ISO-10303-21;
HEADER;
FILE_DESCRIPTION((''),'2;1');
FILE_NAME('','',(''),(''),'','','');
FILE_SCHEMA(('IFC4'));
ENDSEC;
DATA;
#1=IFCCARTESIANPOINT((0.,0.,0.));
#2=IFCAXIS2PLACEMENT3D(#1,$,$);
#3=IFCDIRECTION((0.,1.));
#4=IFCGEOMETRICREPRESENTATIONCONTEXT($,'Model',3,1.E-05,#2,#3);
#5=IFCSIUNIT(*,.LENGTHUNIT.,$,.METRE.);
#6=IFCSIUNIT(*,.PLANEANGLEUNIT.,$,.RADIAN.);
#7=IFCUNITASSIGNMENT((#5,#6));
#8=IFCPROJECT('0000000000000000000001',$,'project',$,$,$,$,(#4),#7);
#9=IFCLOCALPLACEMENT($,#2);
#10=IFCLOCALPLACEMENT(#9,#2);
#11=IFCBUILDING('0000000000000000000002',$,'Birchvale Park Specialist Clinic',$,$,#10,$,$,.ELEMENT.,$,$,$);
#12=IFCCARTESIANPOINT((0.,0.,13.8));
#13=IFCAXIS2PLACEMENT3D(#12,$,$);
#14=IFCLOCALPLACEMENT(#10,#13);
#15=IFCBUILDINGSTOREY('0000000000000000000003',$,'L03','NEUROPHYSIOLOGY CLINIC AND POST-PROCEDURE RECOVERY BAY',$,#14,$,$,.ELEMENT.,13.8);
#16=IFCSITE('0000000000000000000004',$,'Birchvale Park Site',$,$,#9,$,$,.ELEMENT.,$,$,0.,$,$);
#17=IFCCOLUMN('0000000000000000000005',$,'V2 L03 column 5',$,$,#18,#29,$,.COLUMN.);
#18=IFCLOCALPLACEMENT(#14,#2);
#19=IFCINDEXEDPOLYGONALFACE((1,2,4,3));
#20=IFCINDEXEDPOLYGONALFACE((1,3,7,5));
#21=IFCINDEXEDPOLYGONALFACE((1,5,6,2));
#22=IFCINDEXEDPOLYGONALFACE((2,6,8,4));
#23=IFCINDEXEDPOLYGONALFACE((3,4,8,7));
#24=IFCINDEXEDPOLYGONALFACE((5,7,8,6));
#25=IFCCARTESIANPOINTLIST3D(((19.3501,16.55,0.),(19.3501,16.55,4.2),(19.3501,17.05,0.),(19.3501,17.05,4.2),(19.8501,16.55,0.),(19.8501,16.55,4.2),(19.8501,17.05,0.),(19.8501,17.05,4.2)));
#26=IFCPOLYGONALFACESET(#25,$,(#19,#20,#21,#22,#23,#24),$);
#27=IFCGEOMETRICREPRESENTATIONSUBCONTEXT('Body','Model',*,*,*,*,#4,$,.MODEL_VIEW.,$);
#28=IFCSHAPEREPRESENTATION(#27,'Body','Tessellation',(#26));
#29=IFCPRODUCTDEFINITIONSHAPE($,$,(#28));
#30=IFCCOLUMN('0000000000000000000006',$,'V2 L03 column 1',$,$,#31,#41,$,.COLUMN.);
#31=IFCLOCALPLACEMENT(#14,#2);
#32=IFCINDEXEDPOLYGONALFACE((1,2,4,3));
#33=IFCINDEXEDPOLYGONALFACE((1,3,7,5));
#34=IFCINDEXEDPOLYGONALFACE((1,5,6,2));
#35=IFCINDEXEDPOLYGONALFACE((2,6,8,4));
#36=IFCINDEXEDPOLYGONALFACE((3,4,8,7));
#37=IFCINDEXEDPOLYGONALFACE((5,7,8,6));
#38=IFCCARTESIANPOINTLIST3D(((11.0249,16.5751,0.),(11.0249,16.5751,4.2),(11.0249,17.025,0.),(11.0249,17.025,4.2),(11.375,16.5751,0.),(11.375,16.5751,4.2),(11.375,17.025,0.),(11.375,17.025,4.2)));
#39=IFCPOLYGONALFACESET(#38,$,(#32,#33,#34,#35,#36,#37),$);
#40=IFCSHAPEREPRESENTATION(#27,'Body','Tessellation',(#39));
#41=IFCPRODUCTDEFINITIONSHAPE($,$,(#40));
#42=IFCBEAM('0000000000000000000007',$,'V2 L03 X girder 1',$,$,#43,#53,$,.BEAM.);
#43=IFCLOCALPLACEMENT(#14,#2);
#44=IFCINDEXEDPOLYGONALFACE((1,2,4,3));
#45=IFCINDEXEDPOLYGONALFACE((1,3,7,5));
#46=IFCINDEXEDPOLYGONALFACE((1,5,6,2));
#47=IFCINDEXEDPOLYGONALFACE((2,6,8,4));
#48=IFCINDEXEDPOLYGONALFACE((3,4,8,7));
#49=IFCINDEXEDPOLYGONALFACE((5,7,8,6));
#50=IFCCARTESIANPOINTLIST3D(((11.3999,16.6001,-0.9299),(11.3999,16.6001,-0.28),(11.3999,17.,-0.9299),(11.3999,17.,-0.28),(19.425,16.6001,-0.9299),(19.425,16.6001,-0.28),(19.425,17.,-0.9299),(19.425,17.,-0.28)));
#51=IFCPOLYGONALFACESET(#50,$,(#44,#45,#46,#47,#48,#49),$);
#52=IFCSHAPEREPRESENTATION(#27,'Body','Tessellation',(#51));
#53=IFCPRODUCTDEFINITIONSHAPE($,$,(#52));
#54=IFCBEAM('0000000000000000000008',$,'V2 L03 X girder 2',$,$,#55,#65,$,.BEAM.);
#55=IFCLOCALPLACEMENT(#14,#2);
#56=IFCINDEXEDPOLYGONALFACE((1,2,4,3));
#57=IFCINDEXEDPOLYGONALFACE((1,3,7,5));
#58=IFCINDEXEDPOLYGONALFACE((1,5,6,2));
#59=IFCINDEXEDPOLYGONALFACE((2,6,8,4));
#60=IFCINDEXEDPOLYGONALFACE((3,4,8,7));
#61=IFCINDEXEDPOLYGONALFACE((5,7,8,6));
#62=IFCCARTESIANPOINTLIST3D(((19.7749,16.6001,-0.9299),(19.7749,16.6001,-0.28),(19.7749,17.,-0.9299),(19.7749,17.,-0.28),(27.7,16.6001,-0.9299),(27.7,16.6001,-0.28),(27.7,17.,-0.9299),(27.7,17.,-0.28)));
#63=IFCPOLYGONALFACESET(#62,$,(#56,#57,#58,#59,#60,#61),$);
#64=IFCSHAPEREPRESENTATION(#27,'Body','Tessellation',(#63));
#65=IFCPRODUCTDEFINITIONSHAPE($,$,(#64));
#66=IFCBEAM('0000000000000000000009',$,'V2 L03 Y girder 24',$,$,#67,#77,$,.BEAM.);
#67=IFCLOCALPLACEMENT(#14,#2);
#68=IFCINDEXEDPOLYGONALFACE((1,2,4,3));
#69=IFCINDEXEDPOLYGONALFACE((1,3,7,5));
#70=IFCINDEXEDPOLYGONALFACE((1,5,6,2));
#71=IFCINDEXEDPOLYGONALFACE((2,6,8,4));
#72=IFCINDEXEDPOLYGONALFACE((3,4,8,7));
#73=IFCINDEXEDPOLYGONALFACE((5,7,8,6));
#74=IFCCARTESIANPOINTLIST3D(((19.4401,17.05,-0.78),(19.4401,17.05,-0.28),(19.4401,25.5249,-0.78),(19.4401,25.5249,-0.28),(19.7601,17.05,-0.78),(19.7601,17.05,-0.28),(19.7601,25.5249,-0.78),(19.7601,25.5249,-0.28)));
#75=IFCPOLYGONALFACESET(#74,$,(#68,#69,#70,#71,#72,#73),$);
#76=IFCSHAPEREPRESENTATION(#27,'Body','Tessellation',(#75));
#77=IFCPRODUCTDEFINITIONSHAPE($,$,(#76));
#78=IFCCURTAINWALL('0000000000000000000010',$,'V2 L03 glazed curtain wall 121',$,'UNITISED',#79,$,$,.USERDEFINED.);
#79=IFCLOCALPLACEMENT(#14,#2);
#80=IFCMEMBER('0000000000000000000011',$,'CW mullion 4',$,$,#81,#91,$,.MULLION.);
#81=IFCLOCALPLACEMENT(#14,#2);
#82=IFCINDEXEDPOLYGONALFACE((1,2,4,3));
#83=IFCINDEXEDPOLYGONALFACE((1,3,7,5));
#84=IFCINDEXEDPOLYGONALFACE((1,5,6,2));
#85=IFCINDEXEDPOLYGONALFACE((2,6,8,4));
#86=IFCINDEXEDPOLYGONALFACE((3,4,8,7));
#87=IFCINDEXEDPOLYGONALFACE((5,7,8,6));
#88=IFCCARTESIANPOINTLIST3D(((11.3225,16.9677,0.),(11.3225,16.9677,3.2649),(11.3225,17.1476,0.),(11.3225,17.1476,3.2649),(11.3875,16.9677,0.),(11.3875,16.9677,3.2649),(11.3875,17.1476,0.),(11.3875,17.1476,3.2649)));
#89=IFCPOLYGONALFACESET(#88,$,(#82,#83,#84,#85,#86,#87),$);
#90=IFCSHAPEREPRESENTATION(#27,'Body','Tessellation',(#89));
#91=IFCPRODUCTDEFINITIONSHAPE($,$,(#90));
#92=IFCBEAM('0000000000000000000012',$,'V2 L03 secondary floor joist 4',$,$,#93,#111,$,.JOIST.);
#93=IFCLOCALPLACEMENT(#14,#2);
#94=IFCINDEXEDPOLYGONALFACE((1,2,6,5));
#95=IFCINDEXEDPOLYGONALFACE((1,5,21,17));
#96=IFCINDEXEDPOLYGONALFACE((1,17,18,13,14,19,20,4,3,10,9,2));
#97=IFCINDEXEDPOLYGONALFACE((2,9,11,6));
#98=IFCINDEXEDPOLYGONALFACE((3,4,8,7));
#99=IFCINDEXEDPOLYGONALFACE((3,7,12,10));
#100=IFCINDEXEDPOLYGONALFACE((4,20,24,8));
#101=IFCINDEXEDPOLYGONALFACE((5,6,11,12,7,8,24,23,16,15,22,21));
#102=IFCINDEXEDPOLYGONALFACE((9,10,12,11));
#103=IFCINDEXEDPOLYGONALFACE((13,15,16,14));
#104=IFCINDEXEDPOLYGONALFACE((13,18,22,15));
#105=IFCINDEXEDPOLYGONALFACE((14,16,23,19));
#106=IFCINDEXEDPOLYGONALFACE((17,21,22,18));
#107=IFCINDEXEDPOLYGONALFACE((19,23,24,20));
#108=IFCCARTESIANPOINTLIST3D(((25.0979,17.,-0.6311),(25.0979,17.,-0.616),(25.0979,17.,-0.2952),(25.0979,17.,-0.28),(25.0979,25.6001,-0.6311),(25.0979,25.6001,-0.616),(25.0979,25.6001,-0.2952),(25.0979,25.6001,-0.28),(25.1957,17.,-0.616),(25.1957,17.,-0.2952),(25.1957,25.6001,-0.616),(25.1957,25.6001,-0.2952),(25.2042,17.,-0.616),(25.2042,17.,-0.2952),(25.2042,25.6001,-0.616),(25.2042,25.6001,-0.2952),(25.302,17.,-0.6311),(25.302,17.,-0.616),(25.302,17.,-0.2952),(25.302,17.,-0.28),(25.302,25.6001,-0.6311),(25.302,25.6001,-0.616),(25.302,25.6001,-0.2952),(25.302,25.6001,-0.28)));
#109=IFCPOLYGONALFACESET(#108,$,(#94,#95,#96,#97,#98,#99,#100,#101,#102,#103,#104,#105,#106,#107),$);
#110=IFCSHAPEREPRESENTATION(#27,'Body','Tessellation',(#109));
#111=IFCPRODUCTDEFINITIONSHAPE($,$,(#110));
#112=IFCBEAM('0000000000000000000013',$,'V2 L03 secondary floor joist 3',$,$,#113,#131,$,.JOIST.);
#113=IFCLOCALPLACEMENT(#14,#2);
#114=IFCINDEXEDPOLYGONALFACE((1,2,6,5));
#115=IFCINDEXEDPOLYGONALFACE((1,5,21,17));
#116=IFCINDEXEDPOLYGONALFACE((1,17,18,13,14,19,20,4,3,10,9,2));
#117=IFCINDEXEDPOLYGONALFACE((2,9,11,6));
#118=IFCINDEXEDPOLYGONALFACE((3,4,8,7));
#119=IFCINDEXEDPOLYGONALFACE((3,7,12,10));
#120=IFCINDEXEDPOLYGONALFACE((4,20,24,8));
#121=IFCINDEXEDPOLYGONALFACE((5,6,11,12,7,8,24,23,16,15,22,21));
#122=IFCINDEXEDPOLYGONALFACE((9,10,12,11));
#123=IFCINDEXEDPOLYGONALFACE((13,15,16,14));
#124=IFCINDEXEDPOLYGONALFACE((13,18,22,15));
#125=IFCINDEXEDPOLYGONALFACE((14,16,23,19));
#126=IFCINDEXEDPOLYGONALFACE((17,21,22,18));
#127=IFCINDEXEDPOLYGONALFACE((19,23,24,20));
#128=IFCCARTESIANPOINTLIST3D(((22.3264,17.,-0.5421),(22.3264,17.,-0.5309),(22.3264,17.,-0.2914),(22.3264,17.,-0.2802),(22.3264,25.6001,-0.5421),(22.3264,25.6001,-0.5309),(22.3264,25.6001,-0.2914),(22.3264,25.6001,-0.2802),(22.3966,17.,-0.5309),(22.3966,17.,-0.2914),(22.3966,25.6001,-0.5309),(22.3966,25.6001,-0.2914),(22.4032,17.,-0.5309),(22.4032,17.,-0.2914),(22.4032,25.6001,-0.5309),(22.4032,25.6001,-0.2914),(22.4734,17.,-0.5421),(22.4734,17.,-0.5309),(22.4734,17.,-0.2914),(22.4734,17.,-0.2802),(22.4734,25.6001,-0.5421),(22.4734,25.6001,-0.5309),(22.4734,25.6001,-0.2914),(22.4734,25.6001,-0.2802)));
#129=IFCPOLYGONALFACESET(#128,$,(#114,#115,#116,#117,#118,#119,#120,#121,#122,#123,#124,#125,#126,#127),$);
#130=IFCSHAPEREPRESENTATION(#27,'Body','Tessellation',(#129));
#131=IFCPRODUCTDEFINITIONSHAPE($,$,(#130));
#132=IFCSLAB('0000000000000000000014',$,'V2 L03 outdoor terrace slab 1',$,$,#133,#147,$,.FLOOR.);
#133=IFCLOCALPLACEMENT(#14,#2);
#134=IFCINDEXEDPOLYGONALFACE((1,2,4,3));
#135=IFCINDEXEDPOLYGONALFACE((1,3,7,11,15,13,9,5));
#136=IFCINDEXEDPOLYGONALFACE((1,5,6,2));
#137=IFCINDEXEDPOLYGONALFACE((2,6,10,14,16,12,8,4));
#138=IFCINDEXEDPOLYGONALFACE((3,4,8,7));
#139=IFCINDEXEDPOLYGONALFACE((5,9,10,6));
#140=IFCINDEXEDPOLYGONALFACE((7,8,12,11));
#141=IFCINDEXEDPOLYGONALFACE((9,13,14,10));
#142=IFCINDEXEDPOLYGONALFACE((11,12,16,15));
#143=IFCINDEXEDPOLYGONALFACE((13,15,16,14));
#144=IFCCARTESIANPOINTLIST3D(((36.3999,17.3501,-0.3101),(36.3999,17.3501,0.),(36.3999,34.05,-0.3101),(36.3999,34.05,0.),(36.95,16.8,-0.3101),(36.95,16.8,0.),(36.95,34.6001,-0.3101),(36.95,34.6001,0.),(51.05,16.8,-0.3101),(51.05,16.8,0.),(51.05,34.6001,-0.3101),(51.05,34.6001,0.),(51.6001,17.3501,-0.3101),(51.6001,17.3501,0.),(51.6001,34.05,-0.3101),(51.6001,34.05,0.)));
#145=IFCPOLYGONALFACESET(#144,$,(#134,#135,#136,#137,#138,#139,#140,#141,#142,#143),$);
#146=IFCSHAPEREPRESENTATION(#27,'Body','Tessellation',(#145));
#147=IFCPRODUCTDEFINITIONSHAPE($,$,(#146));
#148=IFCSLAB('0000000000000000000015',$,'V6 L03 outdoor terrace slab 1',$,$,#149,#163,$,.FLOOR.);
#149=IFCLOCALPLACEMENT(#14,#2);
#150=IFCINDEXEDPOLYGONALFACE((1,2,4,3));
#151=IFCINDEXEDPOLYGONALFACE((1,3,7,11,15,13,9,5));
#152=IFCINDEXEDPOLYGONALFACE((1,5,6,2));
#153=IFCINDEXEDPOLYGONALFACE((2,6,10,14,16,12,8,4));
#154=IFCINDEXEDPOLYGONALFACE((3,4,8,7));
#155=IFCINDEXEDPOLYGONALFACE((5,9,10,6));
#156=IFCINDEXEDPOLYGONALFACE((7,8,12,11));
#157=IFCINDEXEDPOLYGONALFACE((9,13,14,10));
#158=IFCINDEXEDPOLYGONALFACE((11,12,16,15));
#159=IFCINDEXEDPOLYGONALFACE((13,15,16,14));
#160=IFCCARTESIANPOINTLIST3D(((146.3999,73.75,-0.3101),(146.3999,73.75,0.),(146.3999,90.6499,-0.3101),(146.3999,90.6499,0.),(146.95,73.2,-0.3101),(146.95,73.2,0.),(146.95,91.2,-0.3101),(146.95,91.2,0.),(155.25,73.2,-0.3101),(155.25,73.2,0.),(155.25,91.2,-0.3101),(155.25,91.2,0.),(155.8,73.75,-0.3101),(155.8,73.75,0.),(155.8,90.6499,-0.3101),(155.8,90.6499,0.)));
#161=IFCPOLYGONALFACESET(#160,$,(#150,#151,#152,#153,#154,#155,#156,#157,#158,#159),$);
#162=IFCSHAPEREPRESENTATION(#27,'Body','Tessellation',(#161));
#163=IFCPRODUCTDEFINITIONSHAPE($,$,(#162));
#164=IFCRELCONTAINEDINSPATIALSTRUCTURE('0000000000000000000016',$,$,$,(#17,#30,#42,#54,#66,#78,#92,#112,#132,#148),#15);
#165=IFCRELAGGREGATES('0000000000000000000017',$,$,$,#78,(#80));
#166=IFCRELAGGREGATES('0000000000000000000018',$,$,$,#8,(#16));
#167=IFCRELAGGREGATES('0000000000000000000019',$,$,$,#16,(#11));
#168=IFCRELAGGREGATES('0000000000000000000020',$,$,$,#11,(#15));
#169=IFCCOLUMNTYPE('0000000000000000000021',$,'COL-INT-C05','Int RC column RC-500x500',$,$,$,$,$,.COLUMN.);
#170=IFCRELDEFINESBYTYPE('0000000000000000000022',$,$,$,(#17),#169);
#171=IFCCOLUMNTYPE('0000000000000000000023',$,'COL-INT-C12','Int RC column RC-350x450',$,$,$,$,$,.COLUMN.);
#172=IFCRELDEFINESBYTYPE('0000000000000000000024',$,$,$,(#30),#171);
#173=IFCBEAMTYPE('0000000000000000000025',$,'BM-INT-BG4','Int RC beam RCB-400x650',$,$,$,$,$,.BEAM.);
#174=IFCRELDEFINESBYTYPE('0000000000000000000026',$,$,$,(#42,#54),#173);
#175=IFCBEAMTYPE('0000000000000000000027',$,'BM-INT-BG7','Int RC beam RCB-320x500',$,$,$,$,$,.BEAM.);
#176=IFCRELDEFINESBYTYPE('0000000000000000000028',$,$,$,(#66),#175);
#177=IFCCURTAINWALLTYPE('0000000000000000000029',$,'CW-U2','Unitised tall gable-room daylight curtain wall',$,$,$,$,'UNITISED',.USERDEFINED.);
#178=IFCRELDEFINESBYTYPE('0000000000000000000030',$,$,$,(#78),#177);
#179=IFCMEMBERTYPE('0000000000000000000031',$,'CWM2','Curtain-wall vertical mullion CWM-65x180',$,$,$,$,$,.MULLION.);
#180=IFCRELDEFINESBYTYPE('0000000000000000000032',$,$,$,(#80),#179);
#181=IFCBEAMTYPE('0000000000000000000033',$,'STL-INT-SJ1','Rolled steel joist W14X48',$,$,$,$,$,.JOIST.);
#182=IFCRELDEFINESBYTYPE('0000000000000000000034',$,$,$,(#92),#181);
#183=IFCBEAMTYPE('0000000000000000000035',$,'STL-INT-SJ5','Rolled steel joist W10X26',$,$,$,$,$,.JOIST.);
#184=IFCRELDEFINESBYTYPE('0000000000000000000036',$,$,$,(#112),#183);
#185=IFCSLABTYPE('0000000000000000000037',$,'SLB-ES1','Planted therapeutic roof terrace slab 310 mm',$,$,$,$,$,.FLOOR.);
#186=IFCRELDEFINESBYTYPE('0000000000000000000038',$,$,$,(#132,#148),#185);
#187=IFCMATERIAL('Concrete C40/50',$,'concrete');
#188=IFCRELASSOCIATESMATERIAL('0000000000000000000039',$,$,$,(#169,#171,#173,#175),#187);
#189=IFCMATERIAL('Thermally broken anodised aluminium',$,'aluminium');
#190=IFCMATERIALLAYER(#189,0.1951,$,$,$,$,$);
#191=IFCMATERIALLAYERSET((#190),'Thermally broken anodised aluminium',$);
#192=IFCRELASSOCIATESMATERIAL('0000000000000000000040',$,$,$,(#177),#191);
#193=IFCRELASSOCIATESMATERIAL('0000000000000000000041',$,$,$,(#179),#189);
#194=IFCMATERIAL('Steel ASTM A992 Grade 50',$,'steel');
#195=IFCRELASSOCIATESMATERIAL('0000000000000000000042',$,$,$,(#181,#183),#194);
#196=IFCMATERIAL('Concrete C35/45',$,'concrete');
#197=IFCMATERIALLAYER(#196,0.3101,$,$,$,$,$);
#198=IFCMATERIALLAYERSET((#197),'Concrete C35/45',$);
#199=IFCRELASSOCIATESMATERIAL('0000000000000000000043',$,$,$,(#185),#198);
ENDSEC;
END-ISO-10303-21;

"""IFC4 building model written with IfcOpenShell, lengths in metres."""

from ifc_helpers import new_model, si_unit, direction, frame, origin, origin_2d, place, context, subcontext, project, spatial, polyline, rectangle, i_section, outline, extrude, material, layer, layer_set, material_profile, profile_set, type_object, element, aggregate, save


model = new_model("IFC4")

# Units and contexts
model_context = context("Model", 3, precision=1e-05, world=origin(), true_north=direction((0.0, 1.0)))
body_context = subcontext(model_context, "Body", "Model", "MODEL_VIEW")
ifc_project = project(units=[si_unit("LENGTHUNIT", "METRE"), si_unit("PLANEANGLEUNIT", "RADIAN")], contexts=[model_context])

# Site, building, storey
site_placement = place(None, origin())
site = spatial("IfcSite", under=ifc_project, at=site_placement, Name="Birchvale Park Site", CompositionType="ELEMENT", RefElevation=0.0)
building_placement = place(site_placement, origin())
building = spatial("IfcBuilding", under=site, at=building_placement, Name="Birchvale Park Specialist Clinic", CompositionType="ELEMENT")
storey_placement = place(building_placement, frame((0.0, 0.0, 13.8)))
storey = spatial("IfcBuildingStorey", under=building, at=storey_placement, Name="L03", Description="NEUROPHYSIOLOGY CLINIC AND POST-PROCEDURE RECOVERY BAY", CompositionType="ELEMENT", Elevation=13.8)

# Columns
ifc_material_1 = material(Name="Concrete C40/50", Category="concrete")
ifc_material_profile_1 = material_profile(ifc_material_1, rectangle(XDim=0.5, YDim=0.5, at=origin_2d()), Name="RC-500x500")
ifc_profile_set_1 = profile_set([ifc_material_profile_1], Name="Concrete C40/50")
column_type_1 = type_object("IfcColumnType", Name="COL-INT-C05", Description="Int RC column RC-500x500", PredefinedType="COLUMN", material=ifc_profile_set_1)
column_1_placement = place(storey_placement, frame((19.6001, 16.8, 0.0), z_axis=(0.0, 0.0, 1.0), x_axis=(1.0, 0.0, 0.0)))
element("IfcColumn", 1, at=column_1_placement, inside=storey, type_object=column_type_1, Name="V2 L03 column 5", PredefinedType="COLUMN", context=body_context, shape_type="SweptSolid", body=[
    extrude(rectangle(XDim=0.5, YDim=0.5, at=origin_2d()), origin(), (0.0, 0.0, 1.0), 4.2),
])
ifc_material_profile_2 = material_profile(ifc_material_1, rectangle(XDim=0.3501, YDim=0.45, at=origin_2d()), Name="RC-350x450")
ifc_profile_set_2 = profile_set([ifc_material_profile_2], Name="Concrete C40/50")
column_type_2 = type_object("IfcColumnType", Name="COL-INT-C12", Description="Int RC column RC-350x450", PredefinedType="COLUMN", material=ifc_profile_set_2)
column_2_placement = place(storey_placement, frame((11.2, 16.8, 0.0), z_axis=(0.0, 0.0, 1.0), x_axis=(1.0, 0.0, 0.0)))
element("IfcColumn", 2, at=column_2_placement, inside=storey, type_object=column_type_2, Name="V2 L03 column 1", PredefinedType="COLUMN", context=body_context, shape_type="SweptSolid", body=[
    extrude(rectangle(XDim=0.3501, YDim=0.45, at=origin_2d()), origin(), (0.0, 0.0, 1.0), 4.2),
])

# Beams
ifc_material_profile_3 = material_profile(ifc_material_1, rectangle(XDim=0.3999, YDim=0.6499, at=origin_2d()), Name="RCB-400x650")
ifc_profile_set_3 = profile_set([ifc_material_profile_3], Name="Concrete C40/50")
beam_type_1 = type_object("IfcBeamType", Name="BM-INT-BG4", Description="Int RC beam RCB-400x650", PredefinedType="BEAM", material=ifc_profile_set_3)
beam_1_placement = place(storey_placement, frame((11.3999, 16.8, -0.605), z_axis=(1.0, 0.0, 0.0), x_axis=(0.0, 1.0, 0.0)))
element("IfcBeam", 3, at=beam_1_placement, inside=storey, type_object=beam_type_1, Name="V2 L03 X girder 1", PredefinedType="BEAM", context=body_context, shape_type="SweptSolid", body=[
    extrude(rectangle(XDim=0.3999, YDim=0.6499, at=origin_2d()), origin(), (0.0, 0.0, 1.0), 8.0251),
])
beam_2_placement = place(storey_placement, frame((19.7749, 16.8, -0.605), z_axis=(1.0, 0.0, 0.0), x_axis=(0.0, 1.0, 0.0)))
element("IfcBeam", 4, at=beam_2_placement, inside=storey, type_object=beam_type_1, Name="V2 L03 X girder 2", PredefinedType="BEAM", context=body_context, shape_type="SweptSolid", body=[
    extrude(rectangle(XDim=0.3999, YDim=0.6499, at=origin_2d()), origin(), (0.0, 0.0, 1.0), 7.925),
])
ifc_material_profile_4 = material_profile(ifc_material_1, rectangle(XDim=0.3201, YDim=0.5, at=origin_2d()), Name="RCB-320x500")
ifc_profile_set_4 = profile_set([ifc_material_profile_4], Name="Concrete C40/50")
beam_type_2 = type_object("IfcBeamType", Name="BM-INT-BG7", Description="Int RC beam RCB-320x500", PredefinedType="BEAM", material=ifc_profile_set_4)
beam_3_placement = place(storey_placement, frame((19.6001, 17.05, -0.53), z_axis=(0.0, 1.0, 0.0), x_axis=(-1.0, 0.0, 0.0)))
element("IfcBeam", 5, at=beam_3_placement, inside=storey, type_object=beam_type_2, Name="V2 L03 Y girder 24", PredefinedType="BEAM", context=body_context, shape_type="SweptSolid", body=[
    extrude(rectangle(XDim=0.3201, YDim=0.5, at=origin_2d()), origin(), (0.0, 0.0, 1.0), 8.4749),
])

# Curtain wall, member
ifc_material_2 = material(Name="Thermally broken anodised aluminium", Category="aluminium")
ifc_layer_1 = layer(ifc_material_2, 0.1951)
ifc_layer_set_1 = layer_set([ifc_layer_1], Name="Thermally broken anodised aluminium")
curtain_wall_type = type_object("IfcCurtainWallType", Name="CW-U2", Description="Unitised tall gable-room daylight curtain wall", ElementType="UNITISED", PredefinedType="USERDEFINED", material=ifc_layer_set_1)
curtain_wall_placement = place(storey_placement, origin())
curtain_wall = element("IfcCurtainWall", 6, at=curtain_wall_placement, inside=storey, type_object=curtain_wall_type, Name="V2 L03 glazed curtain wall 121", ObjectType="UNITISED", PredefinedType="USERDEFINED")
ifc_material_profile_5 = material_profile(ifc_material_2, rectangle(XDim=0.0649, YDim=0.1799, at=origin_2d()), Name="CWM-65x180")
ifc_profile_set_5 = profile_set([ifc_material_profile_5], Name="Thermally broken anodised aluminium")
member_type = type_object("IfcMemberType", Name="CWM2", Description="Curtain-wall vertical mullion CWM-65x180", PredefinedType="MULLION", material=ifc_profile_set_5)
member_placement = place(storey_placement, frame((11.355, 17.0576, 0.0), z_axis=(0.0, 0.0, 1.0), x_axis=(1.0, 0.0, 0.0)))
member = element("IfcMember", 7, at=member_placement, type_object=member_type, Name="CW mullion 4", PredefinedType="MULLION", context=body_context, shape_type="SweptSolid", body=[
    extrude(rectangle(XDim=0.0649, YDim=0.1799, at=origin_2d()), origin(), (0.0, 0.0, 1.0), 3.2649),
])
aggregate(curtain_wall, [member])

# Beams
ifc_material_3 = material(Name="Steel ASTM A992 Grade 50", Category="steel")
ifc_material_profile_6 = material_profile(ifc_material_3, i_section(OverallWidth=0.2041, OverallDepth=0.3511, WebThickness=0.0085, FlangeThickness=0.0151, at=origin_2d()), Name="W14X48")
ifc_profile_set_6 = profile_set([ifc_material_profile_6], Name="Steel ASTM A992 Grade 50")
beam_type_3 = type_object("IfcBeamType", Name="STL-INT-SJ1", Description="Rolled steel joist W14X48", PredefinedType="JOIST", material=ifc_profile_set_6)
beam_4_placement = place(storey_placement, frame((25.2, 17.0, -0.4556), z_axis=(0.0, 1.0, 0.0), x_axis=(-1.0, 0.0, 0.0)))
element("IfcBeam", 8, at=beam_4_placement, inside=storey, type_object=beam_type_3, Name="V2 L03 secondary floor joist 4", PredefinedType="JOIST", context=body_context, shape_type="SweptSolid", body=[
    extrude(i_section(OverallWidth=0.2041, OverallDepth=0.3511, WebThickness=0.0085, FlangeThickness=0.0151, at=origin_2d()), origin(), (0.0, 0.0, 1.0), 8.6001),
])
ifc_material_profile_7 = material_profile(ifc_material_3, i_section(OverallWidth=0.147, OverallDepth=0.262, WebThickness=0.0066, FlangeThickness=0.0112, at=origin_2d()), Name="W10X26")
ifc_profile_set_7 = profile_set([ifc_material_profile_7], Name="Steel ASTM A992 Grade 50")
beam_type_4 = type_object("IfcBeamType", Name="STL-INT-SJ5", Description="Rolled steel joist W10X26", PredefinedType="JOIST", material=ifc_profile_set_7)
beam_5_placement = place(storey_placement, frame((22.3999, 17.0, -0.4111), z_axis=(0.0, 1.0, 0.0), x_axis=(-1.0, 0.0, 0.0)))
element("IfcBeam", 9, at=beam_5_placement, inside=storey, type_object=beam_type_4, Name="V2 L03 secondary floor joist 3", PredefinedType="JOIST", context=body_context, shape_type="SweptSolid", body=[
    extrude(i_section(OverallWidth=0.147, OverallDepth=0.262, WebThickness=0.0066, FlangeThickness=0.0112, at=origin_2d()), origin(), (0.0, 0.0, 1.0), 8.6001),
])

# Slabs
ifc_material_4 = material(Name="Concrete C35/45", Category="concrete")
ifc_layer_2 = layer(ifc_material_4, 0.3101)
ifc_layer_set_2 = layer_set([ifc_layer_2], Name="Concrete C35/45")
slab_type_1 = type_object("IfcSlabType", Name="SLB-ES1", Description="Planted therapeutic roof terrace slab 310 mm", PredefinedType="FLOOR", material=ifc_layer_set_2)
slab_1_placement = place(storey_placement, frame((0.0, 0.0, -0.3101)))
element("IfcSlab", 10, at=slab_1_placement, inside=storey, type_object=slab_type_1, Name="V2 L03 outdoor terrace slab 1", PredefinedType="FLOOR", context=body_context, shape_type="SweptSolid", body=[
    extrude(outline(polyline([(36.95, 16.8), (51.05, 16.8), (51.6001, 17.3501), (51.6001, 34.05), (51.05, 34.6001), (36.95, 34.6001), (36.3999, 34.05), (36.3999, 17.3501), (36.95, 16.8)])), origin(), (0.0, 0.0, 1.0), 0.3101),
])
slab_2_placement = place(storey_placement, frame((0.0, 0.0, -0.3101)))
element("IfcSlab", 11, at=slab_2_placement, inside=storey, type_object=slab_type_1, Name="V6 L03 outdoor terrace slab 1", PredefinedType="FLOOR", context=body_context, shape_type="SweptSolid", body=[
    extrude(outline(polyline([(146.95, 73.2), (155.25, 73.2), (155.8, 73.75), (155.8, 90.6499), (155.25, 91.2), (146.95, 91.2), (146.3999, 90.6499), (146.3999, 73.75), (146.95, 73.2)])), origin(), (0.0, 0.0, 1.0), 0.3101),
])

save(model, "model.ifc")
